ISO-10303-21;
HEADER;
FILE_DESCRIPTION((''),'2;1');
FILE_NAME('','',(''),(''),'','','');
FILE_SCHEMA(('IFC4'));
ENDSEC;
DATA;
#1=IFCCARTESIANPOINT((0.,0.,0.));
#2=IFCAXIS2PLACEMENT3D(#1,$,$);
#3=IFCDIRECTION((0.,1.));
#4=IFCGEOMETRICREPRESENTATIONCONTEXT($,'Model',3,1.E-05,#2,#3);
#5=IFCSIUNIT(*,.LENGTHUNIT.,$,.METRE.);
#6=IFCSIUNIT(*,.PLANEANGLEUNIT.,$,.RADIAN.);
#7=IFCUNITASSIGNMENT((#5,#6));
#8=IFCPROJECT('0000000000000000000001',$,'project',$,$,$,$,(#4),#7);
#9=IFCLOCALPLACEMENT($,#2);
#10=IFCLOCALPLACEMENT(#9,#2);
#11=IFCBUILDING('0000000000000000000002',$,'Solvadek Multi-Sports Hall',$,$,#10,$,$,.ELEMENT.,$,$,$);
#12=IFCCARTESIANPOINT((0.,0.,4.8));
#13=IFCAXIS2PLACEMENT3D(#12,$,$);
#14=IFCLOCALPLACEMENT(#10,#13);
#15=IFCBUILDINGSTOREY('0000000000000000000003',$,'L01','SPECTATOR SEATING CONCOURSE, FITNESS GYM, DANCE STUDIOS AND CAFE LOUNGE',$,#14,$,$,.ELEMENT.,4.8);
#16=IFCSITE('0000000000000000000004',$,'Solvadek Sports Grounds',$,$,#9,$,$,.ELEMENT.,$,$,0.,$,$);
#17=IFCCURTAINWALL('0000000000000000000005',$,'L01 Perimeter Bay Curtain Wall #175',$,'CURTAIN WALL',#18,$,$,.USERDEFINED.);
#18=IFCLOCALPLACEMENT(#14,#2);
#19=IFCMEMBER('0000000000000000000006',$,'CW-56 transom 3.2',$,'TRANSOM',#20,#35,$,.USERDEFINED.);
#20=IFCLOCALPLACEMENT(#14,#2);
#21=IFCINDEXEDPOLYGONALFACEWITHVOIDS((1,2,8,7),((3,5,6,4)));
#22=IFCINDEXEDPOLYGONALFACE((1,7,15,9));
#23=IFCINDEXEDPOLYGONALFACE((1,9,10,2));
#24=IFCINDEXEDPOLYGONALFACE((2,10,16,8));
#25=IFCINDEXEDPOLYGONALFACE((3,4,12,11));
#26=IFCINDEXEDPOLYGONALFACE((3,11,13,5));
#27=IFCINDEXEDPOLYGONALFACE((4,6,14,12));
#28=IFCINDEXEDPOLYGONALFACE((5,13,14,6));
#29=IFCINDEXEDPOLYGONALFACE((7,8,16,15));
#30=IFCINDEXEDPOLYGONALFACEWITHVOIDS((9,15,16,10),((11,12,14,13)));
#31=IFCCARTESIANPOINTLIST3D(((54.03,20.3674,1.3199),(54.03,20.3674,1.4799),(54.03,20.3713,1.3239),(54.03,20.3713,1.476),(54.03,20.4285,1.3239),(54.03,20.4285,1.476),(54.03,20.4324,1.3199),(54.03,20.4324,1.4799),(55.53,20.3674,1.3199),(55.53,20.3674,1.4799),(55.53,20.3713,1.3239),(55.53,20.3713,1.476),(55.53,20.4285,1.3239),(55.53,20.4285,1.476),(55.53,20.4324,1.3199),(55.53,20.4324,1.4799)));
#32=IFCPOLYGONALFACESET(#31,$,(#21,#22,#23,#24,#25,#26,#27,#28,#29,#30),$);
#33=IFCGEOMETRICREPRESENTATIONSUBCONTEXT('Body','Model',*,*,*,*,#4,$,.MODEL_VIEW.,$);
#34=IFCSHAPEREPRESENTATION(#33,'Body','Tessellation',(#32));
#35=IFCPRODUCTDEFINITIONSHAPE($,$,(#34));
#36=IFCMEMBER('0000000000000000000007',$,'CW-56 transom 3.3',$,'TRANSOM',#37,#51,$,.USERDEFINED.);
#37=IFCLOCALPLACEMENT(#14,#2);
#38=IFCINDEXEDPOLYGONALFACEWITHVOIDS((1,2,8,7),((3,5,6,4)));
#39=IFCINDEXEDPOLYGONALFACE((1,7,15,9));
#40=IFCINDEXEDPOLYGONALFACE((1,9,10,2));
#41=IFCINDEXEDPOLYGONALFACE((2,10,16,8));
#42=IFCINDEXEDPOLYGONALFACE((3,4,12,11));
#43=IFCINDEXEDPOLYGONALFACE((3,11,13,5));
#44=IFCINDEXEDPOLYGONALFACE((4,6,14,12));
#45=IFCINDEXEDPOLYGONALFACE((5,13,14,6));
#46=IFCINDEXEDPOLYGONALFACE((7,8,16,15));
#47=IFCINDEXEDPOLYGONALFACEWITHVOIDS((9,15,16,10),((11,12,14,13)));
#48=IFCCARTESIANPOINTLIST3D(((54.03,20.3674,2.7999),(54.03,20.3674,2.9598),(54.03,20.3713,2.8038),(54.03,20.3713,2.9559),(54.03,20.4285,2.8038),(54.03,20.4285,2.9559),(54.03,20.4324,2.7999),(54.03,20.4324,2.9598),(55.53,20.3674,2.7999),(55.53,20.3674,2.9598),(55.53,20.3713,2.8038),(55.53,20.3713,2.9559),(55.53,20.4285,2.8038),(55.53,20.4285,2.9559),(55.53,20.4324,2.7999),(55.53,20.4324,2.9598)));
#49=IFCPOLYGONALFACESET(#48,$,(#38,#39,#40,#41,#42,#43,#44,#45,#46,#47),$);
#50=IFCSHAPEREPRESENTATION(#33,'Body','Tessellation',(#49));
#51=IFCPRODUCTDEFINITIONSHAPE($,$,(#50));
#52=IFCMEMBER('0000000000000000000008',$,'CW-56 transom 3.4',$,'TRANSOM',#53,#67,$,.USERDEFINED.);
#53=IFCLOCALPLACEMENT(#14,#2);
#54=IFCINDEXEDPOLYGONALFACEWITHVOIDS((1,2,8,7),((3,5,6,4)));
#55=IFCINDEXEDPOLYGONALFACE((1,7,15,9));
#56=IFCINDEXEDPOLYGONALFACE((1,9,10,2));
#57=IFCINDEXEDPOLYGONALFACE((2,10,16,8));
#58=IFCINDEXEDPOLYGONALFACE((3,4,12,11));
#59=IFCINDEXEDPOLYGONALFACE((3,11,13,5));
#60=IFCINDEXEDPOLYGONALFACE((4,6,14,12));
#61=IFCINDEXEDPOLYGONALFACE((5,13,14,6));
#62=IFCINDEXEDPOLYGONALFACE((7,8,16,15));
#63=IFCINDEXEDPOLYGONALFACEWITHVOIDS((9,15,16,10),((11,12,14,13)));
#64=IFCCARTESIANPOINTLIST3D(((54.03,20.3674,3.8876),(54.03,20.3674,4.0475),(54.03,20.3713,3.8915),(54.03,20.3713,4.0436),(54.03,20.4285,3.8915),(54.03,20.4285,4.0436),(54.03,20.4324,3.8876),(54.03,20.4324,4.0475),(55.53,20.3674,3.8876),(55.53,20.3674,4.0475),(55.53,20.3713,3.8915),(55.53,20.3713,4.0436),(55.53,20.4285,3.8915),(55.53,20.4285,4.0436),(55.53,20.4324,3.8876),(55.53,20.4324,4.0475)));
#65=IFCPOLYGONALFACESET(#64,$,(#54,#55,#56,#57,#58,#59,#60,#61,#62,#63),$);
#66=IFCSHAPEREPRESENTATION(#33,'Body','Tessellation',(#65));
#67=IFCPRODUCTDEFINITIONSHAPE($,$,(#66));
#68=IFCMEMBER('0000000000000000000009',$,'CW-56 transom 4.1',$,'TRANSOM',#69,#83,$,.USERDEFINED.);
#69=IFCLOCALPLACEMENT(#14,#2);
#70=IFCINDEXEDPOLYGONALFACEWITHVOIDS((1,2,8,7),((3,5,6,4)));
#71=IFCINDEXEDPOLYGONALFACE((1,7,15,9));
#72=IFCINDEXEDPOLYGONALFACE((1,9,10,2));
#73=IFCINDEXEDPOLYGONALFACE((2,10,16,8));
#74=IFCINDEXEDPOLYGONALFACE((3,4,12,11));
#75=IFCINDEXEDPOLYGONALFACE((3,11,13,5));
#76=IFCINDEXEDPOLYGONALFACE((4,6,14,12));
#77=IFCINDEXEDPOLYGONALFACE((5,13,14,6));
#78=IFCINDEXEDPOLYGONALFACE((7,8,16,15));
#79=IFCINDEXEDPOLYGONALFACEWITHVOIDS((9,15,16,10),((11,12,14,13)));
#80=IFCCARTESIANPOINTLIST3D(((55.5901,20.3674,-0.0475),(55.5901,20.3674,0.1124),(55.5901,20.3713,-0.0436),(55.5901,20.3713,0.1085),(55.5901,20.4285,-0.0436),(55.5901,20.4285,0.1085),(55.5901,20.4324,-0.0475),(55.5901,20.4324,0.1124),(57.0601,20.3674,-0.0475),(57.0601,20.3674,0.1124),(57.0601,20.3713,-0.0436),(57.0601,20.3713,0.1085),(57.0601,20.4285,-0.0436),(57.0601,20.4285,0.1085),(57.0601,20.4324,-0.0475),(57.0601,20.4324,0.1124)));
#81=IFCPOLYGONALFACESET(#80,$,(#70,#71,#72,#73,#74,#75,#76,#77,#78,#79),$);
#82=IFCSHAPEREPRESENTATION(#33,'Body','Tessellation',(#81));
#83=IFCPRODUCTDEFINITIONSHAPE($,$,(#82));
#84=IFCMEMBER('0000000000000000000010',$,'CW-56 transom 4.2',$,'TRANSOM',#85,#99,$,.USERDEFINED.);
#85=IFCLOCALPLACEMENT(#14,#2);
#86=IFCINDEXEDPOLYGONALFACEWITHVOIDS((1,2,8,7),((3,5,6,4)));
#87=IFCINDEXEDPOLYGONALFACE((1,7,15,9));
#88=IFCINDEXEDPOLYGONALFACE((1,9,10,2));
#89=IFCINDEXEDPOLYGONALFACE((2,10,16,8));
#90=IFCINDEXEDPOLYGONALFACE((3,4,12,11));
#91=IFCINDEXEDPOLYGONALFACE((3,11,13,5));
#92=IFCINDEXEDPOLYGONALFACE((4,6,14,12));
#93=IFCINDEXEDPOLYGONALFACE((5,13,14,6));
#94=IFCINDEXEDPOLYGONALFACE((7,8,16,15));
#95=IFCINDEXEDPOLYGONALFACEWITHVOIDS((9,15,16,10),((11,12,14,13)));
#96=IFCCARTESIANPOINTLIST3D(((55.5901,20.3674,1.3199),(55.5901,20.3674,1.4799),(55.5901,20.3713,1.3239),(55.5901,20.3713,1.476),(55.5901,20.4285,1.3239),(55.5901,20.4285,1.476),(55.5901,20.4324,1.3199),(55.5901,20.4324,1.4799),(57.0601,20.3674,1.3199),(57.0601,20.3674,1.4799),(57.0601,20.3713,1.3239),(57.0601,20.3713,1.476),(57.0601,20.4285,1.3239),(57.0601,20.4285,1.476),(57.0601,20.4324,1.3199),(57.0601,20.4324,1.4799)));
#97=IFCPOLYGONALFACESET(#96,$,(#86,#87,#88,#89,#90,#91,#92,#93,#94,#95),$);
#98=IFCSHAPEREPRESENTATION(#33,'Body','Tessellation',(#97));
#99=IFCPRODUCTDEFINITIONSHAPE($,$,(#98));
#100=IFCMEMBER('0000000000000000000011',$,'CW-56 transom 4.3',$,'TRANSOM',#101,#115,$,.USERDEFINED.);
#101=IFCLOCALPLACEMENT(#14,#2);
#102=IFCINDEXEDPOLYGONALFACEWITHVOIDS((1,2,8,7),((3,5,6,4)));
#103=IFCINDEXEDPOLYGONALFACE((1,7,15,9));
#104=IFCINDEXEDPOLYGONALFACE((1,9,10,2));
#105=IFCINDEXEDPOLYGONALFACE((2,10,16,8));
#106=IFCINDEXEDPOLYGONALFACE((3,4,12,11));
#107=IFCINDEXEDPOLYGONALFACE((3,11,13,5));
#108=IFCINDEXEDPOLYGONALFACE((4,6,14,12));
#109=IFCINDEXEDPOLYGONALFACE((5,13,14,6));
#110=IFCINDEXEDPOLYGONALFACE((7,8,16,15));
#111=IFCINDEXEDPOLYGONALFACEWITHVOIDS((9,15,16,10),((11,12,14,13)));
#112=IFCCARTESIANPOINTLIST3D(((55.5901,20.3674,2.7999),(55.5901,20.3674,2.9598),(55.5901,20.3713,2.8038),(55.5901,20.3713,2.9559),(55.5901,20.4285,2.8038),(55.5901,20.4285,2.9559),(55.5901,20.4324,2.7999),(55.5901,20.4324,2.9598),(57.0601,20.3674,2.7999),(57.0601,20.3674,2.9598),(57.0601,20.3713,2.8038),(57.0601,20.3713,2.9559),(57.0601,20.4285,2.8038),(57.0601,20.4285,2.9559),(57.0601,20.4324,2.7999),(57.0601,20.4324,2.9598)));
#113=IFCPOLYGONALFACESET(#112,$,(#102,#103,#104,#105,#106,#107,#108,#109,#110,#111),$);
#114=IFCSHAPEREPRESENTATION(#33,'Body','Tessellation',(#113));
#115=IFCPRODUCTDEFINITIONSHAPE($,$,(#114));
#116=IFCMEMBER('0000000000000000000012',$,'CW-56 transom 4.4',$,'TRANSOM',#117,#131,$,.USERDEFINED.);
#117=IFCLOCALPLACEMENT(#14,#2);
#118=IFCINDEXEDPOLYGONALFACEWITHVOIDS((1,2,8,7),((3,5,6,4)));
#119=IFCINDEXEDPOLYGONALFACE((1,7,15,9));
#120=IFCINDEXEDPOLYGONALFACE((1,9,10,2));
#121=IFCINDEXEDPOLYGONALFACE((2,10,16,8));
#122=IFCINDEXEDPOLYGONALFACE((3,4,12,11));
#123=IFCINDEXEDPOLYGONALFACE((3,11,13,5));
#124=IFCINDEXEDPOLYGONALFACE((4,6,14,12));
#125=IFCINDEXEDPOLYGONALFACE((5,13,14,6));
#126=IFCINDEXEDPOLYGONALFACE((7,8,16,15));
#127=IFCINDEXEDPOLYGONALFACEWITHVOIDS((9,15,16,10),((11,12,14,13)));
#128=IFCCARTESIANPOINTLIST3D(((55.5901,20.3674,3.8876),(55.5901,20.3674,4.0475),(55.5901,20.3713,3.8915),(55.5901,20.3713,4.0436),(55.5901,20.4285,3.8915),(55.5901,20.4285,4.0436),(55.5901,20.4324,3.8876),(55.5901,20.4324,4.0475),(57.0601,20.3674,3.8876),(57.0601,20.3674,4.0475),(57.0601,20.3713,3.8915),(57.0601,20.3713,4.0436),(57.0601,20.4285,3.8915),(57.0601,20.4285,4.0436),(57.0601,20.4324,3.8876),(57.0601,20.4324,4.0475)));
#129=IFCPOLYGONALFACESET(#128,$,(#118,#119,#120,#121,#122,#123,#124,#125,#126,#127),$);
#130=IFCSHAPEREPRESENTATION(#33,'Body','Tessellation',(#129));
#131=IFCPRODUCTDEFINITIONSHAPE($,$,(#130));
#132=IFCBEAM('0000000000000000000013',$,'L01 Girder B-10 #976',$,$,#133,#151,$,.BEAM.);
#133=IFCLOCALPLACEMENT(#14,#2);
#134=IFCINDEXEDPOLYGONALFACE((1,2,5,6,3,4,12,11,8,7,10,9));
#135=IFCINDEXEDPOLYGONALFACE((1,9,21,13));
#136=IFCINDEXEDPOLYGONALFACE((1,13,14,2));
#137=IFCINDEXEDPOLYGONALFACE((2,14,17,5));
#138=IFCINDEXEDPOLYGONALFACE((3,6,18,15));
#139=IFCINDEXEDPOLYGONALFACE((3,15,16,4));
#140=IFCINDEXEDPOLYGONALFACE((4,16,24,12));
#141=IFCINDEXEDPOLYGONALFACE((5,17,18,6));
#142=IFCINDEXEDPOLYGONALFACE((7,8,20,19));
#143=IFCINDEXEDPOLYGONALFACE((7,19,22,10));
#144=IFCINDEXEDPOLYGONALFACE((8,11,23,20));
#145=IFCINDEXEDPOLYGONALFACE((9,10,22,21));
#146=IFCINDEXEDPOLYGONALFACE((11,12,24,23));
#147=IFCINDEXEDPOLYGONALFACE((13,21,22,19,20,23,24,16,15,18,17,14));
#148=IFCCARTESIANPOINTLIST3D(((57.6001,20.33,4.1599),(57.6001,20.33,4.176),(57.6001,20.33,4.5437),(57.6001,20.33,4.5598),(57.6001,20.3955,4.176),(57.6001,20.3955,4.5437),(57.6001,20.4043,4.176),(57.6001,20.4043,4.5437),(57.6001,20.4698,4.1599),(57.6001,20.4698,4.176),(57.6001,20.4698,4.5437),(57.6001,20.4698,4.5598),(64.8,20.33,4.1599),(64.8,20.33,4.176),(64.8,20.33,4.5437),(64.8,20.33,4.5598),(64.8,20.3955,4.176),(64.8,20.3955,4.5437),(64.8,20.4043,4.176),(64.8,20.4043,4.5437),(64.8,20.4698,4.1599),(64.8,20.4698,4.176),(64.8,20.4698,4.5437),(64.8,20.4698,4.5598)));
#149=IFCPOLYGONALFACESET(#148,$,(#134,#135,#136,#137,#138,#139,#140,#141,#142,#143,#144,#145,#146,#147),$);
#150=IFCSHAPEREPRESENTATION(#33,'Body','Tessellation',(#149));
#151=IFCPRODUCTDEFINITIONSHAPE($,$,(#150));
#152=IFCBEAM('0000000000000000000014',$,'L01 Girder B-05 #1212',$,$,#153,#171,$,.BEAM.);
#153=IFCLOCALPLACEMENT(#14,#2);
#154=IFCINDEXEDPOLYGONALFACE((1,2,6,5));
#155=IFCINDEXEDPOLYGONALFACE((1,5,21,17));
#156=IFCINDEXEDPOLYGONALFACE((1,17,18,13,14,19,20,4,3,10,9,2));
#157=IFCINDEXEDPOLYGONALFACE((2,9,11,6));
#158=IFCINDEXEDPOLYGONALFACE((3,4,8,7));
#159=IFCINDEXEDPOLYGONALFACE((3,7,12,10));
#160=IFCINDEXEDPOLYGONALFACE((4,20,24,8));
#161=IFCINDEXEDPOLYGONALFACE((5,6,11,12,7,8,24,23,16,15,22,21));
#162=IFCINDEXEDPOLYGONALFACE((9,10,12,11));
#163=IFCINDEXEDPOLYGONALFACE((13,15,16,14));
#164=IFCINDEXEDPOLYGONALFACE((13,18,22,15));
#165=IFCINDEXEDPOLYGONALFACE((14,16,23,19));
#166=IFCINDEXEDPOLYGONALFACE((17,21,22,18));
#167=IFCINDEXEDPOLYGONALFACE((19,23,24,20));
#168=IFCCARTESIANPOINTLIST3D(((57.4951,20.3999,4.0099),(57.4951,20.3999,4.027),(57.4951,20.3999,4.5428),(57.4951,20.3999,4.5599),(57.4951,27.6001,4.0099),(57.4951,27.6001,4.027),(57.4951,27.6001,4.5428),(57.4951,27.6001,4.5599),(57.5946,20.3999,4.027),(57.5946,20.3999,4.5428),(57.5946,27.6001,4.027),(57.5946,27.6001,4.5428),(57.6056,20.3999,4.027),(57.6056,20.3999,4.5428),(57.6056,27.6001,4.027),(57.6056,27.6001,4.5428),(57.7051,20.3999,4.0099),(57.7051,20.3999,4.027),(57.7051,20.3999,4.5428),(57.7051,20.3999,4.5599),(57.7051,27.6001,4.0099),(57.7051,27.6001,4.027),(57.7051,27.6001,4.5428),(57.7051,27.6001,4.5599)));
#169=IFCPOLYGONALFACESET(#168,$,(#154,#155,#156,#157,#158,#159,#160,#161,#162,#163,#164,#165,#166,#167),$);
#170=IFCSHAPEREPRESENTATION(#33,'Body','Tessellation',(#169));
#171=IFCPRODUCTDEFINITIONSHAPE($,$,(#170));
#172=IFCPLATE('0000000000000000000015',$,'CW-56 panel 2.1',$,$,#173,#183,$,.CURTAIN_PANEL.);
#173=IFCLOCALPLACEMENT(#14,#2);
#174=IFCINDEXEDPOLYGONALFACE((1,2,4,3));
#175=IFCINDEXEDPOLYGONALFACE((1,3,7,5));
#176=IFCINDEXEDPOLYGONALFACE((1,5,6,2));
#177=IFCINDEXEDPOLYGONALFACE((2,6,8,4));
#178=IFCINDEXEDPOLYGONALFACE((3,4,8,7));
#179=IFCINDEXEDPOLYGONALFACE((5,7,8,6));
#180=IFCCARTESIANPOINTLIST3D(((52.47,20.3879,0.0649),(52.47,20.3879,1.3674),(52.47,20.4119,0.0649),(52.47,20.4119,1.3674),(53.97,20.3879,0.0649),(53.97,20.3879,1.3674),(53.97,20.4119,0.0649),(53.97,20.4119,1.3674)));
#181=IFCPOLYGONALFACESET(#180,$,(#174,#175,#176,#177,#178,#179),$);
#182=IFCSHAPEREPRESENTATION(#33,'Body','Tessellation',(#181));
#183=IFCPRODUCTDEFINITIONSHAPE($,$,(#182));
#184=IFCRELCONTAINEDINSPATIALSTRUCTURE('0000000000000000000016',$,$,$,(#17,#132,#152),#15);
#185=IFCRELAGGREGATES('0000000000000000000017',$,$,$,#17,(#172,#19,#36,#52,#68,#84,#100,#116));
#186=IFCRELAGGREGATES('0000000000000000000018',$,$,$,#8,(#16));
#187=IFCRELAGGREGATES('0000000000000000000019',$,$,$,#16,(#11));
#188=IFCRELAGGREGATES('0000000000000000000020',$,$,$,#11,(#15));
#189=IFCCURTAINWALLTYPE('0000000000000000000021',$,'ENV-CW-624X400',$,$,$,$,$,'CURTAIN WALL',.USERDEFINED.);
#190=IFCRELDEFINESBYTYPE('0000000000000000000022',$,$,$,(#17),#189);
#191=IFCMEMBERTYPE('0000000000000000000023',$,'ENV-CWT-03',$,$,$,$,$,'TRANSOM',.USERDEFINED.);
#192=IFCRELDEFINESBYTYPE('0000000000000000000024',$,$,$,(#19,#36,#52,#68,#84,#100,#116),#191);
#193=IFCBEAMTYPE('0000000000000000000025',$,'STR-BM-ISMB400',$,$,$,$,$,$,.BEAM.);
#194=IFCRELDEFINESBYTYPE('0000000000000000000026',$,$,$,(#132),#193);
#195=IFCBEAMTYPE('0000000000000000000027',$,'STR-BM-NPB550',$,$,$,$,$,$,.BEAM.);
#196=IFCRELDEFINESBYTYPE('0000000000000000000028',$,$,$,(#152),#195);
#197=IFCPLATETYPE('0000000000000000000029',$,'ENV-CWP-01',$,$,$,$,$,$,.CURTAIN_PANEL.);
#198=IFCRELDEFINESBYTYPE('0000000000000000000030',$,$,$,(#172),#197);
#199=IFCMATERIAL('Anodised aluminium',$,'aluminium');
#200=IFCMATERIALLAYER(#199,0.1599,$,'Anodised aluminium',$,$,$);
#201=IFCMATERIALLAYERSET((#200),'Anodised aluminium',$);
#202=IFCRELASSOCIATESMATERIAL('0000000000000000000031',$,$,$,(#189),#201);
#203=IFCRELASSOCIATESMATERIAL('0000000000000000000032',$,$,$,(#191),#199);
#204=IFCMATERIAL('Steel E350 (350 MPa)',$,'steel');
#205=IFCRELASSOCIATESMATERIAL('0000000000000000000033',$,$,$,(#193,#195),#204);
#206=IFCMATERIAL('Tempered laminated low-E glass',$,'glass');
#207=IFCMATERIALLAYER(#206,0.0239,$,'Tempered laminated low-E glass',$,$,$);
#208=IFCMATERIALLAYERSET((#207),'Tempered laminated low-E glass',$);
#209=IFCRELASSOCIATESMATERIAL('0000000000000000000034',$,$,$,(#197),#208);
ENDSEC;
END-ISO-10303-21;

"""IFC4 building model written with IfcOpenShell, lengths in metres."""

from ifc_helpers import new_model, si_unit, direction, frame, origin, origin_2d, place, context, subcontext, project, spatial, rectangle, hollow_rectangle, i_section, extrude, material, layer, layer_set, material_profile, profile_set, type_object, element, aggregate, save


model = new_model("IFC4")

# Units and contexts
model_context = context("Model", 3, precision=1e-05, world=origin(), true_north=direction((0.0, 1.0)))
body_context = subcontext(model_context, "Body", "Model", "MODEL_VIEW")
ifc_project = project(units=[si_unit("LENGTHUNIT", "METRE"), si_unit("PLANEANGLEUNIT", "RADIAN")], contexts=[model_context])

# Site, building, storey
site_placement = place(None, origin())
site = spatial("IfcSite", under=ifc_project, at=site_placement, Name="Solvadek Sports Grounds", CompositionType="ELEMENT", RefElevation=0.0)
building_placement = place(site_placement, origin())
building = spatial("IfcBuilding", under=site, at=building_placement, Name="Solvadek Multi-Sports Hall", CompositionType="ELEMENT")
storey_placement = place(building_placement, frame((0.0, 0.0, 4.8)))
storey = spatial("IfcBuildingStorey", under=building, at=storey_placement, Name="L01", Description="SPECTATOR SEATING CONCOURSE, FITNESS GYM, DANCE STUDIOS AND CAFE LOUNGE", CompositionType="ELEMENT", Elevation=4.8)

# Shared definitions
ifc_material_1 = material(Name="Steel E350 (350 MPa)", Category="steel")

# Curtain wall
ifc_material_2 = material(Name="Anodised aluminium", Category="aluminium")
ifc_layer_1 = layer(ifc_material_2, 0.1599, Name="Anodised aluminium")
ifc_layer_set_1 = layer_set([ifc_layer_1], Name="Anodised aluminium")
curtain_wall_type_1 = type_object("IfcCurtainWallType", Name="ENV-CW-624X400", ElementType="CURTAIN WALL", PredefinedType="USERDEFINED", material=ifc_layer_set_1)
curtain_wall_1_placement = place(storey_placement, origin())
curtain_wall_1 = element("IfcCurtainWall", 1, at=curtain_wall_1_placement, inside=storey, type_object=curtain_wall_type_1, Name="L01 Perimeter Bay Curtain Wall #175", ObjectType="CURTAIN WALL", PredefinedType="USERDEFINED")

# Members
ifc_material_profile_1 = material_profile(ifc_material_2, hollow_rectangle(XDim=0.0649, YDim=0.1599, WallThickness=0.0039, at=origin_2d()), Name="ALU-T 160x65x4")
ifc_profile_set_1 = profile_set([ifc_material_profile_1], Name="Anodised aluminium")
member_type_1 = type_object("IfcMemberType", Name="ENV-CWT-03", ElementType="TRANSOM", PredefinedType="USERDEFINED", material=ifc_profile_set_1)
member_1_placement = place(storey_placement, frame((54.03, 20.3999, 1.3999), z_axis=(1.0, 0.0, 0.0), x_axis=(0.0, 1.0, 0.0)))
member_1 = element("IfcMember", 2, at=member_1_placement, type_object=member_type_1, Name="CW-56 transom 3.2", ObjectType="TRANSOM", PredefinedType="USERDEFINED", context=body_context, shape_type="SweptSolid", body=[
    extrude(hollow_rectangle(XDim=0.0649, YDim=0.1599, WallThickness=0.0039, at=origin_2d()), origin(), (0.0, 0.0, 1.0), 1.5),
])
member_2_placement = place(storey_placement, frame((54.03, 20.3999, 2.8799), z_axis=(1.0, 0.0, 0.0), x_axis=(0.0, 1.0, 0.0)))
member_2 = element("IfcMember", 3, at=member_2_placement, type_object=member_type_1, Name="CW-56 transom 3.3", ObjectType="TRANSOM", PredefinedType="USERDEFINED", context=body_context, shape_type="SweptSolid", body=[
    extrude(hollow_rectangle(XDim=0.0649, YDim=0.1599, WallThickness=0.0039, at=origin_2d()), origin(), (0.0, 0.0, 1.0), 1.5),
])
member_3_placement = place(storey_placement, frame((54.03, 20.3999, 3.9675), z_axis=(1.0, 0.0, 0.0), x_axis=(0.0, 1.0, 0.0)))
member_3 = element("IfcMember", 4, at=member_3_placement, type_object=member_type_1, Name="CW-56 transom 3.4", ObjectType="TRANSOM", PredefinedType="USERDEFINED", context=body_context, shape_type="SweptSolid", body=[
    extrude(hollow_rectangle(XDim=0.0649, YDim=0.1599, WallThickness=0.0039, at=origin_2d()), origin(), (0.0, 0.0, 1.0), 1.5),
])
member_4_placement = place(storey_placement, frame((55.5901, 20.3999, 0.0325), z_axis=(1.0, 0.0, 0.0), x_axis=(0.0, 1.0, 0.0)))
member_4 = element("IfcMember", 5, at=member_4_placement, type_object=member_type_1, Name="CW-56 transom 4.1", ObjectType="TRANSOM", PredefinedType="USERDEFINED", context=body_context, shape_type="SweptSolid", body=[
    extrude(hollow_rectangle(XDim=0.0649, YDim=0.1599, WallThickness=0.0039, at=origin_2d()), origin(), (0.0, 0.0, 1.0), 1.47),
])
member_5_placement = place(storey_placement, frame((55.5901, 20.3999, 1.3999), z_axis=(1.0, 0.0, 0.0), x_axis=(0.0, 1.0, 0.0)))
member_5 = element("IfcMember", 6, at=member_5_placement, type_object=member_type_1, Name="CW-56 transom 4.2", ObjectType="TRANSOM", PredefinedType="USERDEFINED", context=body_context, shape_type="SweptSolid", body=[
    extrude(hollow_rectangle(XDim=0.0649, YDim=0.1599, WallThickness=0.0039, at=origin_2d()), origin(), (0.0, 0.0, 1.0), 1.47),
])
member_6_placement = place(storey_placement, frame((55.5901, 20.3999, 2.8799), z_axis=(1.0, 0.0, 0.0), x_axis=(0.0, 1.0, 0.0)))
member_6 = element("IfcMember", 7, at=member_6_placement, type_object=member_type_1, Name="CW-56 transom 4.3", ObjectType="TRANSOM", PredefinedType="USERDEFINED", context=body_context, shape_type="SweptSolid", body=[
    extrude(hollow_rectangle(XDim=0.0649, YDim=0.1599, WallThickness=0.0039, at=origin_2d()), origin(), (0.0, 0.0, 1.0), 1.47),
])
member_7_placement = place(storey_placement, frame((55.5901, 20.3999, 3.9675), z_axis=(1.0, 0.0, 0.0), x_axis=(0.0, 1.0, 0.0)))
member_7 = element("IfcMember", 8, at=member_7_placement, type_object=member_type_1, Name="CW-56 transom 4.4", ObjectType="TRANSOM", PredefinedType="USERDEFINED", context=body_context, shape_type="SweptSolid", body=[
    extrude(hollow_rectangle(XDim=0.0649, YDim=0.1599, WallThickness=0.0039, at=origin_2d()), origin(), (0.0, 0.0, 1.0), 1.47),
])

# Beams
ifc_material_profile_2 = material_profile(ifc_material_1, i_section(OverallWidth=0.1399, OverallDepth=0.3999, WebThickness=0.0088, FlangeThickness=0.0161, at=origin_2d()), Name="ISMB 400")
ifc_profile_set_2 = profile_set([ifc_material_profile_2], Name="Steel E350 (350 MPa)")
beam_type_1 = type_object("IfcBeamType", Name="STR-BM-ISMB400", PredefinedType="BEAM", material=ifc_profile_set_2)
beam_1_placement = place(storey_placement, frame((57.6001, 20.3999, 4.3599), z_axis=(1.0, 0.0, 0.0), x_axis=(0.0, 1.0, 0.0)))
element("IfcBeam", 9, at=beam_1_placement, inside=storey, type_object=beam_type_1, Name="L01 Girder B-10 #976", PredefinedType="BEAM", context=body_context, shape_type="SweptSolid", body=[
    extrude(i_section(OverallWidth=0.1399, OverallDepth=0.3999, WebThickness=0.0088, FlangeThickness=0.0161, at=origin_2d()), origin(), (0.0, 0.0, 1.0), 7.2),
])
ifc_material_profile_3 = material_profile(ifc_material_1, i_section(OverallWidth=0.21, OverallDepth=0.55, WebThickness=0.011, FlangeThickness=0.0171, at=origin_2d()), Name="NPB 550")
ifc_profile_set_3 = profile_set([ifc_material_profile_3], Name="Steel E350 (350 MPa)")
beam_type_2 = type_object("IfcBeamType", Name="STR-BM-NPB550", PredefinedType="BEAM", material=ifc_profile_set_3)
beam_2_placement = place(storey_placement, frame((57.6001, 20.3999, 4.2849), z_axis=(0.0, 1.0, 0.0), x_axis=(-1.0, 0.0, 0.0)))
element("IfcBeam", 10, at=beam_2_placement, inside=storey, type_object=beam_type_2, Name="L01 Girder B-05 #1212", PredefinedType="BEAM", context=body_context, shape_type="SweptSolid", body=[
    extrude(i_section(OverallWidth=0.21, OverallDepth=0.55, WebThickness=0.011, FlangeThickness=0.0171, at=origin_2d()), origin(), (0.0, 0.0, 1.0), 7.2002),
])

# Plate
ifc_material_3 = material(Name="Tempered laminated low-E glass", Category="glass")
ifc_layer_2 = layer(ifc_material_3, 0.0239, Name="Tempered laminated low-E glass")
ifc_layer_set_2 = layer_set([ifc_layer_2], Name="Tempered laminated low-E glass")
plate_type = type_object("IfcPlateType", Name="ENV-CWP-01", PredefinedType="CURTAIN_PANEL", material=ifc_layer_set_2)
plate_1_placement = place(storey_placement, frame((53.22, 20.3999, 0.0649), z_axis=(0.0, 0.0, 1.0), x_axis=(1.0, 0.0, 0.0)))
plate_1 = element("IfcPlate", 11, at=plate_1_placement, type_object=plate_type, Name="CW-56 panel 2.1", PredefinedType="CURTAIN_PANEL", context=body_context, shape_type="SweptSolid", body=[
    extrude(rectangle(XDim=1.5, YDim=0.0239, at=origin_2d()), origin(), (0.0, 0.0, 1.0), 1.3025),
])
aggregate(curtain_wall_1, [plate_1, member_1, member_2, member_3, member_4, member_5, member_6, member_7])

save(model, "model.ifc")
